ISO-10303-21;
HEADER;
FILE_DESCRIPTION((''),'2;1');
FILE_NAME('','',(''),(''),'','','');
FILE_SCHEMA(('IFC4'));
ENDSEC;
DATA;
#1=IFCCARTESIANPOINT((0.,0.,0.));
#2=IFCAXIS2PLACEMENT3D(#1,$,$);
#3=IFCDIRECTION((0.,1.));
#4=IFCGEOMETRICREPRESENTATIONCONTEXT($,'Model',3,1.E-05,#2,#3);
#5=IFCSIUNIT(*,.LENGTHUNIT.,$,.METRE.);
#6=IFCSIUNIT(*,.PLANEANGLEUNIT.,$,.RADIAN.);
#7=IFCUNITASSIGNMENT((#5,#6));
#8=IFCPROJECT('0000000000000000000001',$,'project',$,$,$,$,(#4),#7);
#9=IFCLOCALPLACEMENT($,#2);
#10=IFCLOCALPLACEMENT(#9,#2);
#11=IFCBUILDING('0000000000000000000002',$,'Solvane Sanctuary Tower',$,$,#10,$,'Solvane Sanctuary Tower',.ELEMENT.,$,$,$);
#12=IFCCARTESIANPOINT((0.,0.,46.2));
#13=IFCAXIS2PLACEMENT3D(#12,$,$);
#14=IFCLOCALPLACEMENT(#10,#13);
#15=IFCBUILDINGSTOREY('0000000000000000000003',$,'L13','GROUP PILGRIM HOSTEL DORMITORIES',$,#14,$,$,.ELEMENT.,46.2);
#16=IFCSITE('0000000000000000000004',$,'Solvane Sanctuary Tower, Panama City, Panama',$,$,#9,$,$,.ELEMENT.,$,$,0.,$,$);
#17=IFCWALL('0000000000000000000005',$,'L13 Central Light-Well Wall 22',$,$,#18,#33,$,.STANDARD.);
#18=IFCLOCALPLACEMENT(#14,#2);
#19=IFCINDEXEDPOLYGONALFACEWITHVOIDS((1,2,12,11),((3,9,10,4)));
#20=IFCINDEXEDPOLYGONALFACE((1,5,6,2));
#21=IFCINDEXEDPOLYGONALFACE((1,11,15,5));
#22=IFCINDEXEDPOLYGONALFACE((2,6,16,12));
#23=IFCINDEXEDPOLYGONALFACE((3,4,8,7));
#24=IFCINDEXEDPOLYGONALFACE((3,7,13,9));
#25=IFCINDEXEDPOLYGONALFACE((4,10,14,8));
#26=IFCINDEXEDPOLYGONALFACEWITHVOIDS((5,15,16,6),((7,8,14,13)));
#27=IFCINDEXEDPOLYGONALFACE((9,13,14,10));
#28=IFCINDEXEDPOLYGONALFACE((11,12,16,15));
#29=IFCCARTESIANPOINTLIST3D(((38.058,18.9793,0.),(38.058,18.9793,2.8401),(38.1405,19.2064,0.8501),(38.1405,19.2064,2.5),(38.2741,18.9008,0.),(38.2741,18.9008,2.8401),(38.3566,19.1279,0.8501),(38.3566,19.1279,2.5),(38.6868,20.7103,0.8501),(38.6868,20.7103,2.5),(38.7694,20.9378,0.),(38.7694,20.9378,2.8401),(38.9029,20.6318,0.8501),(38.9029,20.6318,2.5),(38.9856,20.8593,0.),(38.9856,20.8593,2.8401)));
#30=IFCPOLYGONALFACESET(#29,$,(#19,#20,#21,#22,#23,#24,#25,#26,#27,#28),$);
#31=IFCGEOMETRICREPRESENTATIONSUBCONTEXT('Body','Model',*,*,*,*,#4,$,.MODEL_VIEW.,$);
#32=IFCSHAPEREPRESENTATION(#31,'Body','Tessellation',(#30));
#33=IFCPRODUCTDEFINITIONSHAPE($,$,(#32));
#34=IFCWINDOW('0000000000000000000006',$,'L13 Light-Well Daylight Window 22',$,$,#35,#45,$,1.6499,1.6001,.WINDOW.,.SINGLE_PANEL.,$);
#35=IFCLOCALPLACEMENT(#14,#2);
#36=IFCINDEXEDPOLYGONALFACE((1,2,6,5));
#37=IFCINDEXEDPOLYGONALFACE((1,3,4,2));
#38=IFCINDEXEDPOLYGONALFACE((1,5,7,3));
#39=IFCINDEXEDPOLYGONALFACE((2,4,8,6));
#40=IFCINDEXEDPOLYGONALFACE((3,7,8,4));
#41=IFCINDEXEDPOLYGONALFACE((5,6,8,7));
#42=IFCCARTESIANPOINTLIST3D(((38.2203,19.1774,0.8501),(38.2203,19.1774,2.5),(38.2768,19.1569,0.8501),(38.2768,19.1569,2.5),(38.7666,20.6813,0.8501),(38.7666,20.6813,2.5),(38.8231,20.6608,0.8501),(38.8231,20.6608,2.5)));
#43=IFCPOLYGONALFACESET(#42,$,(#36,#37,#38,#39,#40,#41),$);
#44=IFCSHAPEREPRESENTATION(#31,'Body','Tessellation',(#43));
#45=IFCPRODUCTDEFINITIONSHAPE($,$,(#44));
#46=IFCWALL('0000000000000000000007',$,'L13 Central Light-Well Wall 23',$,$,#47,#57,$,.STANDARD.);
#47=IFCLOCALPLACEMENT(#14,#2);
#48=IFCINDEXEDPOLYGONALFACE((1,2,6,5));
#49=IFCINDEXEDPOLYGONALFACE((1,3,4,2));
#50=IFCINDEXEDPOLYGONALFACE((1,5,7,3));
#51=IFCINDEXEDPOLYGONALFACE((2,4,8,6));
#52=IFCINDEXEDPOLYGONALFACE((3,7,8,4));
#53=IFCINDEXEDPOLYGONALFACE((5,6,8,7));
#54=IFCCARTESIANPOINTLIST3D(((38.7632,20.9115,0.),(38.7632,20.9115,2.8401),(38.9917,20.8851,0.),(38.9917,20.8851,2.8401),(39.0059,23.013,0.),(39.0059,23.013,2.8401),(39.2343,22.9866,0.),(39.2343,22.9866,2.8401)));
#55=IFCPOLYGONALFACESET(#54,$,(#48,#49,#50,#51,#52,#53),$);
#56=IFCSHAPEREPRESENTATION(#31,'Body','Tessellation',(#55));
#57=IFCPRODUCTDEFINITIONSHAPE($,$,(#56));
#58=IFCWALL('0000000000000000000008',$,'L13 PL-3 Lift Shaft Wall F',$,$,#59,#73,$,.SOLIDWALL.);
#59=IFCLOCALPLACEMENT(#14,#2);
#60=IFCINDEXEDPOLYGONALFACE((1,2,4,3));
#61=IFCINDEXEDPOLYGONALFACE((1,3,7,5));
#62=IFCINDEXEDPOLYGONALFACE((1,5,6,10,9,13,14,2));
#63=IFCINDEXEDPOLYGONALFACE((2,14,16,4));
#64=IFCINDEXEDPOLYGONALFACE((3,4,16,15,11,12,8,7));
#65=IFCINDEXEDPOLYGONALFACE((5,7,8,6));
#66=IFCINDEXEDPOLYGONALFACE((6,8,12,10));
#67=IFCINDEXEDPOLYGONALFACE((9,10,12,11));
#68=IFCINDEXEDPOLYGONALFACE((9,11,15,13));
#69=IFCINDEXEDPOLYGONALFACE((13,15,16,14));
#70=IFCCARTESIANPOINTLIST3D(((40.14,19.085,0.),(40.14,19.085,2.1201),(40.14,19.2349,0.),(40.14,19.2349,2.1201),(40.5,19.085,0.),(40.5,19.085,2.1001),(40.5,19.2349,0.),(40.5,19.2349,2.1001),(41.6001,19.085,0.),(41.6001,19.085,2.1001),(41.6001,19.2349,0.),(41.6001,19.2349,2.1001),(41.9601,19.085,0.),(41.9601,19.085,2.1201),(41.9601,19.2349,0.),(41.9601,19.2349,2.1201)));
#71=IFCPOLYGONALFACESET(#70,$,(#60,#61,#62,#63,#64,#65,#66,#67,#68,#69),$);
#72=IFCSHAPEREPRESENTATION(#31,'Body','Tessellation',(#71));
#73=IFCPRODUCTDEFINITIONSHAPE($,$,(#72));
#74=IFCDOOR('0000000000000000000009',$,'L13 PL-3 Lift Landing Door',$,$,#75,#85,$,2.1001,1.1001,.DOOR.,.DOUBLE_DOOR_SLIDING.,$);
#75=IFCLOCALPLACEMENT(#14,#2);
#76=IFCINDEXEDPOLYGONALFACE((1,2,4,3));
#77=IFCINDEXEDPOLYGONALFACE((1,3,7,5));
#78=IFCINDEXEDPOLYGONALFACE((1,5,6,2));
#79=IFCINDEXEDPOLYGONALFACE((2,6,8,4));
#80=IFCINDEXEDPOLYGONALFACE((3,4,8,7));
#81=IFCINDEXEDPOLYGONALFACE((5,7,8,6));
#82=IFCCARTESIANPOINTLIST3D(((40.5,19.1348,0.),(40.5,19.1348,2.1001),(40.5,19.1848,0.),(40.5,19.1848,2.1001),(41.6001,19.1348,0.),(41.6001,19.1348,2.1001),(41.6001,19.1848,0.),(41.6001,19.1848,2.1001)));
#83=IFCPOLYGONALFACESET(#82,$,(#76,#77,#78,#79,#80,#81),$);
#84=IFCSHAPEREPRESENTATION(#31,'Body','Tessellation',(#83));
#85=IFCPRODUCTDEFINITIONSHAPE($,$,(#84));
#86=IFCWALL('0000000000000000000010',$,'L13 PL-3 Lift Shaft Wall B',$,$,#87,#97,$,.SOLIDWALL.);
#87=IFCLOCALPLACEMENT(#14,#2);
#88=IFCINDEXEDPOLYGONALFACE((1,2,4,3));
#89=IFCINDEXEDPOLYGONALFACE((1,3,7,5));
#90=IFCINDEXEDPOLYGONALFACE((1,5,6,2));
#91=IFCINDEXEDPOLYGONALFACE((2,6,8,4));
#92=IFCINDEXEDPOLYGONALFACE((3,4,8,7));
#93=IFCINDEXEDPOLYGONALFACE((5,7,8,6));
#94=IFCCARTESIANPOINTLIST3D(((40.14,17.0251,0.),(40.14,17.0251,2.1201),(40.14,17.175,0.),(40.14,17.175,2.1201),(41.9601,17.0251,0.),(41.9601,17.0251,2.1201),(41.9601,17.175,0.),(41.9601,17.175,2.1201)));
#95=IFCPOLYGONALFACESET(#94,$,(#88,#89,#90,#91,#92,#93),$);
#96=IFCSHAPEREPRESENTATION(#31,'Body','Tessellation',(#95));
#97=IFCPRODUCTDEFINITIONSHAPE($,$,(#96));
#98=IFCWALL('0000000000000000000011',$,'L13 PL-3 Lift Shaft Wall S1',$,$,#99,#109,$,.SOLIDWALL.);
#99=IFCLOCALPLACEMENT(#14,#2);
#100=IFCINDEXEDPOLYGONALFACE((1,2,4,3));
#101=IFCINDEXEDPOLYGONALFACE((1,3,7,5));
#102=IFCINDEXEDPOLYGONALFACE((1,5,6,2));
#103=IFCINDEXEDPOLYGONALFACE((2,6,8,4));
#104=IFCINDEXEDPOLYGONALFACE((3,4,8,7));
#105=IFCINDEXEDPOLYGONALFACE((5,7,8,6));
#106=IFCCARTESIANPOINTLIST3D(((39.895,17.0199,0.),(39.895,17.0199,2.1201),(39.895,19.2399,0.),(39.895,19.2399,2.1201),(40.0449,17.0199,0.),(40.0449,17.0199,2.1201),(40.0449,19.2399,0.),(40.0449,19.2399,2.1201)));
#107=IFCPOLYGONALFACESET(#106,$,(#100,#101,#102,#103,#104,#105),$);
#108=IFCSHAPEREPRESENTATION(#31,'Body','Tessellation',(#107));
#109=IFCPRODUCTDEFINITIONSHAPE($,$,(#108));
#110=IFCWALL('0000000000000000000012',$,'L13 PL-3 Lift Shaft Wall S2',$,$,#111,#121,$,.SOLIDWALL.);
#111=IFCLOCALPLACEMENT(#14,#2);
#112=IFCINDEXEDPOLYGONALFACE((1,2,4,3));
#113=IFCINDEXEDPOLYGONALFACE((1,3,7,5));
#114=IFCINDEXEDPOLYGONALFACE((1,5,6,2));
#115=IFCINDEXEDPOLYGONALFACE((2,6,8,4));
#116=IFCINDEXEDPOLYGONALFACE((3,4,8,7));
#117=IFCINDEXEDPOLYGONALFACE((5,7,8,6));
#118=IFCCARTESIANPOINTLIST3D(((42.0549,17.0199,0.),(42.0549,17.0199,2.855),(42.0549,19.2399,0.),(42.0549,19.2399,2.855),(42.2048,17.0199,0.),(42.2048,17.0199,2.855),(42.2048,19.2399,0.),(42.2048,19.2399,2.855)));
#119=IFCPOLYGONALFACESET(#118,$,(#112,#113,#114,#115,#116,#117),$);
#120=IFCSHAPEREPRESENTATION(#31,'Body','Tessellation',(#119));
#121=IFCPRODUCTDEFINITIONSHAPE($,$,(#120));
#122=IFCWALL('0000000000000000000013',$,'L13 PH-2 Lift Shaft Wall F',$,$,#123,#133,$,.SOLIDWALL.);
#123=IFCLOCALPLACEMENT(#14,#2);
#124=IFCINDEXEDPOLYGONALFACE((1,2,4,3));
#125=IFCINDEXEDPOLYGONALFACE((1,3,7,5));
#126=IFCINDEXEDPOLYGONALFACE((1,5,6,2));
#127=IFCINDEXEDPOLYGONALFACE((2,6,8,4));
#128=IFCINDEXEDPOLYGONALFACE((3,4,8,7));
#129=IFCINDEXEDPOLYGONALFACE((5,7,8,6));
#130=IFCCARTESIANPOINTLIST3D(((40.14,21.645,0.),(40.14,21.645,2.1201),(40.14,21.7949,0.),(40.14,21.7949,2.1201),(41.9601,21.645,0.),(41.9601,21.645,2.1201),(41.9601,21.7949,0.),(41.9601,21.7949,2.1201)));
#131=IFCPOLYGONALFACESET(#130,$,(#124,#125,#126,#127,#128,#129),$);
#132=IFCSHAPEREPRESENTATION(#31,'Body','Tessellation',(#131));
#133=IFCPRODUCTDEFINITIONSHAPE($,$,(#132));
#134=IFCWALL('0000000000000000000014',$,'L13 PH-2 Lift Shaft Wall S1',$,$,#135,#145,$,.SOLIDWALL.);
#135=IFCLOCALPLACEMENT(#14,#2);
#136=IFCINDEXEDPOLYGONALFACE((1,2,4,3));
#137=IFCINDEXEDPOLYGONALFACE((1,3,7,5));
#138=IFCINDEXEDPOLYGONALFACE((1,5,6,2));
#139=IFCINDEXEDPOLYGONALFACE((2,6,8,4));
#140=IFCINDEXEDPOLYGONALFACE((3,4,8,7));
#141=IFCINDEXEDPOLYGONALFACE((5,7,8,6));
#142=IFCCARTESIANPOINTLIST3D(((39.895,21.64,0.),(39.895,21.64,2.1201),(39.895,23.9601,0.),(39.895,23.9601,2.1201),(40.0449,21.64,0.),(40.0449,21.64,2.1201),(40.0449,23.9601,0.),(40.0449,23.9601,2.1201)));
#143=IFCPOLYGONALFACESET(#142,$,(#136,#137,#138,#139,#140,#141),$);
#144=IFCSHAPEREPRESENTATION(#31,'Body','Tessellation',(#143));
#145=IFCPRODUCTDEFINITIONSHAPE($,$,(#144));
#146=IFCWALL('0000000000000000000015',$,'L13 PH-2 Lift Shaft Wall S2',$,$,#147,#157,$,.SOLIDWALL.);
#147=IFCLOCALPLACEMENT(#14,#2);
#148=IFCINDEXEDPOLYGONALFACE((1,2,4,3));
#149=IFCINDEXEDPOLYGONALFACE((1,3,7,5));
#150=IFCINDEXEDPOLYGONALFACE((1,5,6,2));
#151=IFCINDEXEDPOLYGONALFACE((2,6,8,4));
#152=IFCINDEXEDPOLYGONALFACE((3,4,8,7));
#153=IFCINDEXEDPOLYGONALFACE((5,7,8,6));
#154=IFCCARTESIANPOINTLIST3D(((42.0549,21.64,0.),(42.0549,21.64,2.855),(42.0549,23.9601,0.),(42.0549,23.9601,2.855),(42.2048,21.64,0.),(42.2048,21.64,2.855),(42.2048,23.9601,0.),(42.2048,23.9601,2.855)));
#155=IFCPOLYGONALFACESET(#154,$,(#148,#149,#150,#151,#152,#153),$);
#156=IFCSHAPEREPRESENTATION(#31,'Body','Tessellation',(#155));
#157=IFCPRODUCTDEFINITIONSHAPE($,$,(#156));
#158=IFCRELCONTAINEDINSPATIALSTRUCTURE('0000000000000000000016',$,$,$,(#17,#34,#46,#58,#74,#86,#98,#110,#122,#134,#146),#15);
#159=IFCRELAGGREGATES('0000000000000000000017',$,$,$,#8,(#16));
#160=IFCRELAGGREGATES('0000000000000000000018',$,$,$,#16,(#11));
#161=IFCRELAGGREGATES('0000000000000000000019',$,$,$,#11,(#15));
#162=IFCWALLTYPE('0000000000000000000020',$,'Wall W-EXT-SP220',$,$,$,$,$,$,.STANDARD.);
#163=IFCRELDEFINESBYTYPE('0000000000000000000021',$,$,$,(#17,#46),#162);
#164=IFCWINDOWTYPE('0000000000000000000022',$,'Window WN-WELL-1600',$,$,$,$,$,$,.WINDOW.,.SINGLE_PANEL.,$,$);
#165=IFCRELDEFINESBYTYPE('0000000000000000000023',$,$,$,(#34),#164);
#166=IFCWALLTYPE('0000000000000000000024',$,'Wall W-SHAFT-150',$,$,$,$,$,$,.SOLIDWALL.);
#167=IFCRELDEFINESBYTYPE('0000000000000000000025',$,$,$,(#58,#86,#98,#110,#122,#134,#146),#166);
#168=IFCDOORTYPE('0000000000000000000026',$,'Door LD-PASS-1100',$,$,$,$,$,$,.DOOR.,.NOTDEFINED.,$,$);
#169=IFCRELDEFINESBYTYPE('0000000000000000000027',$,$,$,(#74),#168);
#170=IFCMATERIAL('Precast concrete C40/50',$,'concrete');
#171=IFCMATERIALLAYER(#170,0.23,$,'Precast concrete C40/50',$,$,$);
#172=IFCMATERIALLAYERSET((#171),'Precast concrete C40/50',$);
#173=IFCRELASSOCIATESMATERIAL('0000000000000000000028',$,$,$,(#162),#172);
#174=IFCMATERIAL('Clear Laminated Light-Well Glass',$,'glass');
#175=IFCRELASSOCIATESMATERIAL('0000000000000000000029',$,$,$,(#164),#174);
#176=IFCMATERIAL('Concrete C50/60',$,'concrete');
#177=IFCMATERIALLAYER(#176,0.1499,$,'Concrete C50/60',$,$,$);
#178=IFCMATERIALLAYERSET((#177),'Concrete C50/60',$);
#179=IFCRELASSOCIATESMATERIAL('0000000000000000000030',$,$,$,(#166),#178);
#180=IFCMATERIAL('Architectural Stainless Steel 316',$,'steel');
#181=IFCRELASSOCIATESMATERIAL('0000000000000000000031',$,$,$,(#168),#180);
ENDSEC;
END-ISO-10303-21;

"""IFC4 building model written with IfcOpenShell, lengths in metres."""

from ifc_helpers import new_model, si_unit, direction, frame, frame_2d, origin, place, context, subcontext, project, spatial, rectangle, extrude, material, layer, layer_set, type_object, element, fill, save


model = new_model("IFC4")

# Units and contexts
model_context = context("Model", 3, precision=1e-05, world=origin(), true_north=direction((0.0, 1.0)))
body_context = subcontext(model_context, "Body", "Model", "MODEL_VIEW")
ifc_project = project(units=[si_unit("LENGTHUNIT", "METRE"), si_unit("PLANEANGLEUNIT", "RADIAN")], contexts=[model_context])

# Site, building, storey
site_placement = place(None, origin())
site = spatial("IfcSite", under=ifc_project, at=site_placement, Name="Solvane Sanctuary Tower, Panama City, Panama", CompositionType="ELEMENT", RefElevation=0.0)
building_placement = place(site_placement, origin())
building = spatial("IfcBuilding", under=site, at=building_placement, Name="Solvane Sanctuary Tower", LongName="Solvane Sanctuary Tower", CompositionType="ELEMENT")
storey_placement = place(building_placement, frame((0.0, 0.0, 46.2)))
storey = spatial("IfcBuildingStorey", under=building, at=storey_placement, Name="L13", Description="GROUP PILGRIM HOSTEL DORMITORIES", CompositionType="ELEMENT", Elevation=46.2)

# Shared definitions
ifc_material_1 = material(Name="Precast concrete C40/50", Category="concrete")
ifc_layer_1 = layer(ifc_material_1, 0.23, Name="Precast concrete C40/50")
ifc_layer_set_1 = layer_set([ifc_layer_1], Name="Precast concrete C40/50")
wall_type_1 = type_object("IfcWallType", Name="Wall W-EXT-SP220", PredefinedType="STANDARD", material=ifc_layer_set_1)

# Wall, opening, window
wall_1_placement = place(storey_placement, frame((38.166, 18.9399, 0.0), z_axis=(0.0, 0.0, 1.0), x_axis=(0.341423, 0.93991, 0.0)))
wall_1 = element("IfcWall", 1, at=wall_1_placement, inside=storey, type_object=wall_type_1, Name="L13 Central Light-Well Wall 22", PredefinedType="STANDARD", context=body_context, shape_type="SweptSolid", body=[
    extrude(rectangle(XDim=2.0837, YDim=0.23, at=frame_2d((1.042, 0.0))), origin(), (0.0, 0.0, 1.0), 2.8401),
])
opening_1_placement = place(wall_1_placement, frame((0.2417, 0.0, 0.8501)))
opening_1 = element("IfcOpeningElement", 2, at=opening_1_placement, cuts=wall_1, PredefinedType="OPENING", context=body_context, shape_type="SweptSolid", body=[
    extrude(rectangle(XDim=1.6001, YDim=1.6499, at=frame_2d((0.8, 0.825))), frame((0.0, 0.125, 0.0), z_axis=(0.0, -1.0, 0.0), x_axis=(1.0, 0.0, 0.0)), (0.0, 0.0, 1.0), 0.25),
])
ifc_material_2 = material(Name="Clear Laminated Light-Well Glass", Category="glass")
window_type = type_object("IfcWindowType", Name="Window WN-WELL-1600", PartitioningType="SINGLE_PANEL", PredefinedType="WINDOW", material=ifc_material_2)
window_placement = place(opening_1_placement, origin())
window = element("IfcWindow", 3, at=window_placement, inside=storey, type_object=window_type, Name="L13 Light-Well Daylight Window 22", OverallHeight=1.6499, OverallWidth=1.6001, PartitioningType="SINGLE_PANEL", PredefinedType="WINDOW", context=body_context, shape_type="SweptSolid", body=[
    extrude(rectangle(XDim=1.6001, YDim=1.6499, at=frame_2d((0.8, 0.825))), frame((0.0, 0.03, 0.0), z_axis=(0.0, -1.0, 0.0), x_axis=(1.0, 0.0, 0.0)), (0.0, 0.0, 1.0), 0.0601),
])
fill(opening_1, window)

# Wall
wall_2_placement = place(storey_placement, frame((38.8774, 20.8984, 0.0), z_axis=(0.0, 0.0, 1.0), x_axis=(0.114712, 0.993399, 0.0)))
element("IfcWall", 4, at=wall_2_placement, inside=storey, type_object=wall_type_1, Name="L13 Central Light-Well Wall 23", PredefinedType="STANDARD", context=body_context, shape_type="SweptSolid", body=[
    extrude(rectangle(XDim=2.1155, YDim=0.23, at=frame_2d((1.0576, 0.0))), origin(), (0.0, 0.0, 1.0), 2.8401),
])

# Wall, opening, door
ifc_material_3 = material(Name="Concrete C50/60", Category="concrete")
ifc_layer_2 = layer(ifc_material_3, 0.1499, Name="Concrete C50/60")
ifc_layer_set_2 = layer_set([ifc_layer_2], Name="Concrete C50/60")
wall_type_2 = type_object("IfcWallType", Name="Wall W-SHAFT-150", PredefinedType="SOLIDWALL", material=ifc_layer_set_2)
wall_3_placement = place(storey_placement, frame((40.1399, 19.1599, 0.0), z_axis=(0.0, 0.0, 1.0), x_axis=(1.0, 0.0, 0.0)))
wall_3 = element("IfcWall", 5, at=wall_3_placement, inside=storey, type_object=wall_type_2, Name="L13 PL-3 Lift Shaft Wall F", PredefinedType="SOLIDWALL", context=body_context, shape_type="SweptSolid", body=[
    extrude(rectangle(XDim=1.8201, YDim=0.1499, at=frame_2d((0.9102, 0.0))), origin(), (0.0, 0.0, 1.0), 2.1201),
])
opening_2_placement = place(wall_3_placement, frame((0.3601, 0.0, 0.0)))
opening_2 = element("IfcOpeningElement", 6, at=opening_2_placement, cuts=wall_3, PredefinedType="OPENING", context=body_context, shape_type="SweptSolid", body=[
    extrude(rectangle(XDim=1.1001, YDim=2.1001, at=frame_2d((0.55, 1.05))), frame((0.0, 0.085, 0.0), z_axis=(0.0, -1.0, 0.0), x_axis=(1.0, 0.0, 0.0)), (0.0, 0.0, 1.0), 0.1699),
])
ifc_material_4 = material(Name="Architectural Stainless Steel 316", Category="steel")
door_type = type_object("IfcDoorType", Name="Door LD-PASS-1100", OperationType="NOTDEFINED", PredefinedType="DOOR", material=ifc_material_4)
door_placement = place(opening_2_placement, origin())
door = element("IfcDoor", 7, at=door_placement, inside=storey, type_object=door_type, Name="L13 PL-3 Lift Landing Door", OperationType="DOUBLE_DOOR_SLIDING", OverallHeight=2.1001, OverallWidth=1.1001, PredefinedType="DOOR", context=body_context, shape_type="SweptSolid", body=[
    extrude(rectangle(XDim=1.1001, YDim=2.1001, at=frame_2d((0.55, 1.05))), frame((0.0, 0.0249, 0.0), z_axis=(0.0, -1.0, 0.0), x_axis=(1.0, 0.0, 0.0)), (0.0, 0.0, 1.0), 0.05),
])
fill(opening_2, door)

# Walls
wall_4_placement = place(storey_placement, frame((40.1399, 17.1001, 0.0), z_axis=(0.0, 0.0, 1.0), x_axis=(1.0, 0.0, 0.0)))
element("IfcWall", 8, at=wall_4_placement, inside=storey, type_object=wall_type_2, Name="L13 PL-3 Lift Shaft Wall B", PredefinedType="SOLIDWALL", context=body_context, shape_type="SweptSolid", body=[
    extrude(rectangle(XDim=1.8201, YDim=0.1499, at=frame_2d((0.9102, 0.0))), origin(), (0.0, 0.0, 1.0), 2.1201),
])
wall_5_placement = place(storey_placement, frame((39.97, 17.02, 0.0), z_axis=(0.0, 0.0, 1.0), x_axis=(0.0, 1.0, 0.0)))
element("IfcWall", 9, at=wall_5_placement, inside=storey, type_object=wall_type_2, Name="L13 PL-3 Lift Shaft Wall S1", PredefinedType="SOLIDWALL", context=body_context, shape_type="SweptSolid", body=[
    extrude(rectangle(XDim=2.22, YDim=0.1499, at=frame_2d((1.1099, 0.0))), origin(), (0.0, 0.0, 1.0), 2.1201),
])
wall_6_placement = place(storey_placement, frame((42.1299, 17.02, 0.0), z_axis=(0.0, 0.0, 1.0), x_axis=(0.0, 1.0, 0.0)))
element("IfcWall", 10, at=wall_6_placement, inside=storey, type_object=wall_type_2, Name="L13 PL-3 Lift Shaft Wall S2", PredefinedType="SOLIDWALL", context=body_context, shape_type="SweptSolid", body=[
    extrude(rectangle(XDim=2.22, YDim=0.1499, at=frame_2d((1.1099, 0.0))), origin(), (0.0, 0.0, 1.0), 2.855),
])
wall_7_placement = place(storey_placement, frame((40.1399, 21.72, 0.0), z_axis=(0.0, 0.0, 1.0), x_axis=(1.0, 0.0, 0.0)))
element("IfcWall", 11, at=wall_7_placement, inside=storey, type_object=wall_type_2, Name="L13 PH-2 Lift Shaft Wall F", PredefinedType="SOLIDWALL", context=body_context, shape_type="SweptSolid", body=[
    extrude(rectangle(XDim=1.8201, YDim=0.1499, at=frame_2d((0.9102, 0.0))), origin(), (0.0, 0.0, 1.0), 2.1201),
])
wall_8_placement = place(storey_placement, frame((39.97, 21.6399, 0.0), z_axis=(0.0, 0.0, 1.0), x_axis=(0.0, 1.0, 0.0)))
element("IfcWall", 12, at=wall_8_placement, inside=storey, type_object=wall_type_2, Name="L13 PH-2 Lift Shaft Wall S1", PredefinedType="SOLIDWALL", context=body_context, shape_type="SweptSolid", body=[
    extrude(rectangle(XDim=2.3201, YDim=0.1499, at=frame_2d((1.1602, 0.0))), origin(), (0.0, 0.0, 1.0), 2.1201),
])
wall_9_placement = place(storey_placement, frame((42.1299, 21.6399, 0.0), z_axis=(0.0, 0.0, 1.0), x_axis=(0.0, 1.0, 0.0)))
element("IfcWall", 13, at=wall_9_placement, inside=storey, type_object=wall_type_2, Name="L13 PH-2 Lift Shaft Wall S2", PredefinedType="SOLIDWALL", context=body_context, shape_type="SweptSolid", body=[
    extrude(rectangle(XDim=2.3201, YDim=0.1499, at=frame_2d((1.1602, 0.0))), origin(), (0.0, 0.0, 1.0), 2.855),
])

save(model, "model.ifc")
